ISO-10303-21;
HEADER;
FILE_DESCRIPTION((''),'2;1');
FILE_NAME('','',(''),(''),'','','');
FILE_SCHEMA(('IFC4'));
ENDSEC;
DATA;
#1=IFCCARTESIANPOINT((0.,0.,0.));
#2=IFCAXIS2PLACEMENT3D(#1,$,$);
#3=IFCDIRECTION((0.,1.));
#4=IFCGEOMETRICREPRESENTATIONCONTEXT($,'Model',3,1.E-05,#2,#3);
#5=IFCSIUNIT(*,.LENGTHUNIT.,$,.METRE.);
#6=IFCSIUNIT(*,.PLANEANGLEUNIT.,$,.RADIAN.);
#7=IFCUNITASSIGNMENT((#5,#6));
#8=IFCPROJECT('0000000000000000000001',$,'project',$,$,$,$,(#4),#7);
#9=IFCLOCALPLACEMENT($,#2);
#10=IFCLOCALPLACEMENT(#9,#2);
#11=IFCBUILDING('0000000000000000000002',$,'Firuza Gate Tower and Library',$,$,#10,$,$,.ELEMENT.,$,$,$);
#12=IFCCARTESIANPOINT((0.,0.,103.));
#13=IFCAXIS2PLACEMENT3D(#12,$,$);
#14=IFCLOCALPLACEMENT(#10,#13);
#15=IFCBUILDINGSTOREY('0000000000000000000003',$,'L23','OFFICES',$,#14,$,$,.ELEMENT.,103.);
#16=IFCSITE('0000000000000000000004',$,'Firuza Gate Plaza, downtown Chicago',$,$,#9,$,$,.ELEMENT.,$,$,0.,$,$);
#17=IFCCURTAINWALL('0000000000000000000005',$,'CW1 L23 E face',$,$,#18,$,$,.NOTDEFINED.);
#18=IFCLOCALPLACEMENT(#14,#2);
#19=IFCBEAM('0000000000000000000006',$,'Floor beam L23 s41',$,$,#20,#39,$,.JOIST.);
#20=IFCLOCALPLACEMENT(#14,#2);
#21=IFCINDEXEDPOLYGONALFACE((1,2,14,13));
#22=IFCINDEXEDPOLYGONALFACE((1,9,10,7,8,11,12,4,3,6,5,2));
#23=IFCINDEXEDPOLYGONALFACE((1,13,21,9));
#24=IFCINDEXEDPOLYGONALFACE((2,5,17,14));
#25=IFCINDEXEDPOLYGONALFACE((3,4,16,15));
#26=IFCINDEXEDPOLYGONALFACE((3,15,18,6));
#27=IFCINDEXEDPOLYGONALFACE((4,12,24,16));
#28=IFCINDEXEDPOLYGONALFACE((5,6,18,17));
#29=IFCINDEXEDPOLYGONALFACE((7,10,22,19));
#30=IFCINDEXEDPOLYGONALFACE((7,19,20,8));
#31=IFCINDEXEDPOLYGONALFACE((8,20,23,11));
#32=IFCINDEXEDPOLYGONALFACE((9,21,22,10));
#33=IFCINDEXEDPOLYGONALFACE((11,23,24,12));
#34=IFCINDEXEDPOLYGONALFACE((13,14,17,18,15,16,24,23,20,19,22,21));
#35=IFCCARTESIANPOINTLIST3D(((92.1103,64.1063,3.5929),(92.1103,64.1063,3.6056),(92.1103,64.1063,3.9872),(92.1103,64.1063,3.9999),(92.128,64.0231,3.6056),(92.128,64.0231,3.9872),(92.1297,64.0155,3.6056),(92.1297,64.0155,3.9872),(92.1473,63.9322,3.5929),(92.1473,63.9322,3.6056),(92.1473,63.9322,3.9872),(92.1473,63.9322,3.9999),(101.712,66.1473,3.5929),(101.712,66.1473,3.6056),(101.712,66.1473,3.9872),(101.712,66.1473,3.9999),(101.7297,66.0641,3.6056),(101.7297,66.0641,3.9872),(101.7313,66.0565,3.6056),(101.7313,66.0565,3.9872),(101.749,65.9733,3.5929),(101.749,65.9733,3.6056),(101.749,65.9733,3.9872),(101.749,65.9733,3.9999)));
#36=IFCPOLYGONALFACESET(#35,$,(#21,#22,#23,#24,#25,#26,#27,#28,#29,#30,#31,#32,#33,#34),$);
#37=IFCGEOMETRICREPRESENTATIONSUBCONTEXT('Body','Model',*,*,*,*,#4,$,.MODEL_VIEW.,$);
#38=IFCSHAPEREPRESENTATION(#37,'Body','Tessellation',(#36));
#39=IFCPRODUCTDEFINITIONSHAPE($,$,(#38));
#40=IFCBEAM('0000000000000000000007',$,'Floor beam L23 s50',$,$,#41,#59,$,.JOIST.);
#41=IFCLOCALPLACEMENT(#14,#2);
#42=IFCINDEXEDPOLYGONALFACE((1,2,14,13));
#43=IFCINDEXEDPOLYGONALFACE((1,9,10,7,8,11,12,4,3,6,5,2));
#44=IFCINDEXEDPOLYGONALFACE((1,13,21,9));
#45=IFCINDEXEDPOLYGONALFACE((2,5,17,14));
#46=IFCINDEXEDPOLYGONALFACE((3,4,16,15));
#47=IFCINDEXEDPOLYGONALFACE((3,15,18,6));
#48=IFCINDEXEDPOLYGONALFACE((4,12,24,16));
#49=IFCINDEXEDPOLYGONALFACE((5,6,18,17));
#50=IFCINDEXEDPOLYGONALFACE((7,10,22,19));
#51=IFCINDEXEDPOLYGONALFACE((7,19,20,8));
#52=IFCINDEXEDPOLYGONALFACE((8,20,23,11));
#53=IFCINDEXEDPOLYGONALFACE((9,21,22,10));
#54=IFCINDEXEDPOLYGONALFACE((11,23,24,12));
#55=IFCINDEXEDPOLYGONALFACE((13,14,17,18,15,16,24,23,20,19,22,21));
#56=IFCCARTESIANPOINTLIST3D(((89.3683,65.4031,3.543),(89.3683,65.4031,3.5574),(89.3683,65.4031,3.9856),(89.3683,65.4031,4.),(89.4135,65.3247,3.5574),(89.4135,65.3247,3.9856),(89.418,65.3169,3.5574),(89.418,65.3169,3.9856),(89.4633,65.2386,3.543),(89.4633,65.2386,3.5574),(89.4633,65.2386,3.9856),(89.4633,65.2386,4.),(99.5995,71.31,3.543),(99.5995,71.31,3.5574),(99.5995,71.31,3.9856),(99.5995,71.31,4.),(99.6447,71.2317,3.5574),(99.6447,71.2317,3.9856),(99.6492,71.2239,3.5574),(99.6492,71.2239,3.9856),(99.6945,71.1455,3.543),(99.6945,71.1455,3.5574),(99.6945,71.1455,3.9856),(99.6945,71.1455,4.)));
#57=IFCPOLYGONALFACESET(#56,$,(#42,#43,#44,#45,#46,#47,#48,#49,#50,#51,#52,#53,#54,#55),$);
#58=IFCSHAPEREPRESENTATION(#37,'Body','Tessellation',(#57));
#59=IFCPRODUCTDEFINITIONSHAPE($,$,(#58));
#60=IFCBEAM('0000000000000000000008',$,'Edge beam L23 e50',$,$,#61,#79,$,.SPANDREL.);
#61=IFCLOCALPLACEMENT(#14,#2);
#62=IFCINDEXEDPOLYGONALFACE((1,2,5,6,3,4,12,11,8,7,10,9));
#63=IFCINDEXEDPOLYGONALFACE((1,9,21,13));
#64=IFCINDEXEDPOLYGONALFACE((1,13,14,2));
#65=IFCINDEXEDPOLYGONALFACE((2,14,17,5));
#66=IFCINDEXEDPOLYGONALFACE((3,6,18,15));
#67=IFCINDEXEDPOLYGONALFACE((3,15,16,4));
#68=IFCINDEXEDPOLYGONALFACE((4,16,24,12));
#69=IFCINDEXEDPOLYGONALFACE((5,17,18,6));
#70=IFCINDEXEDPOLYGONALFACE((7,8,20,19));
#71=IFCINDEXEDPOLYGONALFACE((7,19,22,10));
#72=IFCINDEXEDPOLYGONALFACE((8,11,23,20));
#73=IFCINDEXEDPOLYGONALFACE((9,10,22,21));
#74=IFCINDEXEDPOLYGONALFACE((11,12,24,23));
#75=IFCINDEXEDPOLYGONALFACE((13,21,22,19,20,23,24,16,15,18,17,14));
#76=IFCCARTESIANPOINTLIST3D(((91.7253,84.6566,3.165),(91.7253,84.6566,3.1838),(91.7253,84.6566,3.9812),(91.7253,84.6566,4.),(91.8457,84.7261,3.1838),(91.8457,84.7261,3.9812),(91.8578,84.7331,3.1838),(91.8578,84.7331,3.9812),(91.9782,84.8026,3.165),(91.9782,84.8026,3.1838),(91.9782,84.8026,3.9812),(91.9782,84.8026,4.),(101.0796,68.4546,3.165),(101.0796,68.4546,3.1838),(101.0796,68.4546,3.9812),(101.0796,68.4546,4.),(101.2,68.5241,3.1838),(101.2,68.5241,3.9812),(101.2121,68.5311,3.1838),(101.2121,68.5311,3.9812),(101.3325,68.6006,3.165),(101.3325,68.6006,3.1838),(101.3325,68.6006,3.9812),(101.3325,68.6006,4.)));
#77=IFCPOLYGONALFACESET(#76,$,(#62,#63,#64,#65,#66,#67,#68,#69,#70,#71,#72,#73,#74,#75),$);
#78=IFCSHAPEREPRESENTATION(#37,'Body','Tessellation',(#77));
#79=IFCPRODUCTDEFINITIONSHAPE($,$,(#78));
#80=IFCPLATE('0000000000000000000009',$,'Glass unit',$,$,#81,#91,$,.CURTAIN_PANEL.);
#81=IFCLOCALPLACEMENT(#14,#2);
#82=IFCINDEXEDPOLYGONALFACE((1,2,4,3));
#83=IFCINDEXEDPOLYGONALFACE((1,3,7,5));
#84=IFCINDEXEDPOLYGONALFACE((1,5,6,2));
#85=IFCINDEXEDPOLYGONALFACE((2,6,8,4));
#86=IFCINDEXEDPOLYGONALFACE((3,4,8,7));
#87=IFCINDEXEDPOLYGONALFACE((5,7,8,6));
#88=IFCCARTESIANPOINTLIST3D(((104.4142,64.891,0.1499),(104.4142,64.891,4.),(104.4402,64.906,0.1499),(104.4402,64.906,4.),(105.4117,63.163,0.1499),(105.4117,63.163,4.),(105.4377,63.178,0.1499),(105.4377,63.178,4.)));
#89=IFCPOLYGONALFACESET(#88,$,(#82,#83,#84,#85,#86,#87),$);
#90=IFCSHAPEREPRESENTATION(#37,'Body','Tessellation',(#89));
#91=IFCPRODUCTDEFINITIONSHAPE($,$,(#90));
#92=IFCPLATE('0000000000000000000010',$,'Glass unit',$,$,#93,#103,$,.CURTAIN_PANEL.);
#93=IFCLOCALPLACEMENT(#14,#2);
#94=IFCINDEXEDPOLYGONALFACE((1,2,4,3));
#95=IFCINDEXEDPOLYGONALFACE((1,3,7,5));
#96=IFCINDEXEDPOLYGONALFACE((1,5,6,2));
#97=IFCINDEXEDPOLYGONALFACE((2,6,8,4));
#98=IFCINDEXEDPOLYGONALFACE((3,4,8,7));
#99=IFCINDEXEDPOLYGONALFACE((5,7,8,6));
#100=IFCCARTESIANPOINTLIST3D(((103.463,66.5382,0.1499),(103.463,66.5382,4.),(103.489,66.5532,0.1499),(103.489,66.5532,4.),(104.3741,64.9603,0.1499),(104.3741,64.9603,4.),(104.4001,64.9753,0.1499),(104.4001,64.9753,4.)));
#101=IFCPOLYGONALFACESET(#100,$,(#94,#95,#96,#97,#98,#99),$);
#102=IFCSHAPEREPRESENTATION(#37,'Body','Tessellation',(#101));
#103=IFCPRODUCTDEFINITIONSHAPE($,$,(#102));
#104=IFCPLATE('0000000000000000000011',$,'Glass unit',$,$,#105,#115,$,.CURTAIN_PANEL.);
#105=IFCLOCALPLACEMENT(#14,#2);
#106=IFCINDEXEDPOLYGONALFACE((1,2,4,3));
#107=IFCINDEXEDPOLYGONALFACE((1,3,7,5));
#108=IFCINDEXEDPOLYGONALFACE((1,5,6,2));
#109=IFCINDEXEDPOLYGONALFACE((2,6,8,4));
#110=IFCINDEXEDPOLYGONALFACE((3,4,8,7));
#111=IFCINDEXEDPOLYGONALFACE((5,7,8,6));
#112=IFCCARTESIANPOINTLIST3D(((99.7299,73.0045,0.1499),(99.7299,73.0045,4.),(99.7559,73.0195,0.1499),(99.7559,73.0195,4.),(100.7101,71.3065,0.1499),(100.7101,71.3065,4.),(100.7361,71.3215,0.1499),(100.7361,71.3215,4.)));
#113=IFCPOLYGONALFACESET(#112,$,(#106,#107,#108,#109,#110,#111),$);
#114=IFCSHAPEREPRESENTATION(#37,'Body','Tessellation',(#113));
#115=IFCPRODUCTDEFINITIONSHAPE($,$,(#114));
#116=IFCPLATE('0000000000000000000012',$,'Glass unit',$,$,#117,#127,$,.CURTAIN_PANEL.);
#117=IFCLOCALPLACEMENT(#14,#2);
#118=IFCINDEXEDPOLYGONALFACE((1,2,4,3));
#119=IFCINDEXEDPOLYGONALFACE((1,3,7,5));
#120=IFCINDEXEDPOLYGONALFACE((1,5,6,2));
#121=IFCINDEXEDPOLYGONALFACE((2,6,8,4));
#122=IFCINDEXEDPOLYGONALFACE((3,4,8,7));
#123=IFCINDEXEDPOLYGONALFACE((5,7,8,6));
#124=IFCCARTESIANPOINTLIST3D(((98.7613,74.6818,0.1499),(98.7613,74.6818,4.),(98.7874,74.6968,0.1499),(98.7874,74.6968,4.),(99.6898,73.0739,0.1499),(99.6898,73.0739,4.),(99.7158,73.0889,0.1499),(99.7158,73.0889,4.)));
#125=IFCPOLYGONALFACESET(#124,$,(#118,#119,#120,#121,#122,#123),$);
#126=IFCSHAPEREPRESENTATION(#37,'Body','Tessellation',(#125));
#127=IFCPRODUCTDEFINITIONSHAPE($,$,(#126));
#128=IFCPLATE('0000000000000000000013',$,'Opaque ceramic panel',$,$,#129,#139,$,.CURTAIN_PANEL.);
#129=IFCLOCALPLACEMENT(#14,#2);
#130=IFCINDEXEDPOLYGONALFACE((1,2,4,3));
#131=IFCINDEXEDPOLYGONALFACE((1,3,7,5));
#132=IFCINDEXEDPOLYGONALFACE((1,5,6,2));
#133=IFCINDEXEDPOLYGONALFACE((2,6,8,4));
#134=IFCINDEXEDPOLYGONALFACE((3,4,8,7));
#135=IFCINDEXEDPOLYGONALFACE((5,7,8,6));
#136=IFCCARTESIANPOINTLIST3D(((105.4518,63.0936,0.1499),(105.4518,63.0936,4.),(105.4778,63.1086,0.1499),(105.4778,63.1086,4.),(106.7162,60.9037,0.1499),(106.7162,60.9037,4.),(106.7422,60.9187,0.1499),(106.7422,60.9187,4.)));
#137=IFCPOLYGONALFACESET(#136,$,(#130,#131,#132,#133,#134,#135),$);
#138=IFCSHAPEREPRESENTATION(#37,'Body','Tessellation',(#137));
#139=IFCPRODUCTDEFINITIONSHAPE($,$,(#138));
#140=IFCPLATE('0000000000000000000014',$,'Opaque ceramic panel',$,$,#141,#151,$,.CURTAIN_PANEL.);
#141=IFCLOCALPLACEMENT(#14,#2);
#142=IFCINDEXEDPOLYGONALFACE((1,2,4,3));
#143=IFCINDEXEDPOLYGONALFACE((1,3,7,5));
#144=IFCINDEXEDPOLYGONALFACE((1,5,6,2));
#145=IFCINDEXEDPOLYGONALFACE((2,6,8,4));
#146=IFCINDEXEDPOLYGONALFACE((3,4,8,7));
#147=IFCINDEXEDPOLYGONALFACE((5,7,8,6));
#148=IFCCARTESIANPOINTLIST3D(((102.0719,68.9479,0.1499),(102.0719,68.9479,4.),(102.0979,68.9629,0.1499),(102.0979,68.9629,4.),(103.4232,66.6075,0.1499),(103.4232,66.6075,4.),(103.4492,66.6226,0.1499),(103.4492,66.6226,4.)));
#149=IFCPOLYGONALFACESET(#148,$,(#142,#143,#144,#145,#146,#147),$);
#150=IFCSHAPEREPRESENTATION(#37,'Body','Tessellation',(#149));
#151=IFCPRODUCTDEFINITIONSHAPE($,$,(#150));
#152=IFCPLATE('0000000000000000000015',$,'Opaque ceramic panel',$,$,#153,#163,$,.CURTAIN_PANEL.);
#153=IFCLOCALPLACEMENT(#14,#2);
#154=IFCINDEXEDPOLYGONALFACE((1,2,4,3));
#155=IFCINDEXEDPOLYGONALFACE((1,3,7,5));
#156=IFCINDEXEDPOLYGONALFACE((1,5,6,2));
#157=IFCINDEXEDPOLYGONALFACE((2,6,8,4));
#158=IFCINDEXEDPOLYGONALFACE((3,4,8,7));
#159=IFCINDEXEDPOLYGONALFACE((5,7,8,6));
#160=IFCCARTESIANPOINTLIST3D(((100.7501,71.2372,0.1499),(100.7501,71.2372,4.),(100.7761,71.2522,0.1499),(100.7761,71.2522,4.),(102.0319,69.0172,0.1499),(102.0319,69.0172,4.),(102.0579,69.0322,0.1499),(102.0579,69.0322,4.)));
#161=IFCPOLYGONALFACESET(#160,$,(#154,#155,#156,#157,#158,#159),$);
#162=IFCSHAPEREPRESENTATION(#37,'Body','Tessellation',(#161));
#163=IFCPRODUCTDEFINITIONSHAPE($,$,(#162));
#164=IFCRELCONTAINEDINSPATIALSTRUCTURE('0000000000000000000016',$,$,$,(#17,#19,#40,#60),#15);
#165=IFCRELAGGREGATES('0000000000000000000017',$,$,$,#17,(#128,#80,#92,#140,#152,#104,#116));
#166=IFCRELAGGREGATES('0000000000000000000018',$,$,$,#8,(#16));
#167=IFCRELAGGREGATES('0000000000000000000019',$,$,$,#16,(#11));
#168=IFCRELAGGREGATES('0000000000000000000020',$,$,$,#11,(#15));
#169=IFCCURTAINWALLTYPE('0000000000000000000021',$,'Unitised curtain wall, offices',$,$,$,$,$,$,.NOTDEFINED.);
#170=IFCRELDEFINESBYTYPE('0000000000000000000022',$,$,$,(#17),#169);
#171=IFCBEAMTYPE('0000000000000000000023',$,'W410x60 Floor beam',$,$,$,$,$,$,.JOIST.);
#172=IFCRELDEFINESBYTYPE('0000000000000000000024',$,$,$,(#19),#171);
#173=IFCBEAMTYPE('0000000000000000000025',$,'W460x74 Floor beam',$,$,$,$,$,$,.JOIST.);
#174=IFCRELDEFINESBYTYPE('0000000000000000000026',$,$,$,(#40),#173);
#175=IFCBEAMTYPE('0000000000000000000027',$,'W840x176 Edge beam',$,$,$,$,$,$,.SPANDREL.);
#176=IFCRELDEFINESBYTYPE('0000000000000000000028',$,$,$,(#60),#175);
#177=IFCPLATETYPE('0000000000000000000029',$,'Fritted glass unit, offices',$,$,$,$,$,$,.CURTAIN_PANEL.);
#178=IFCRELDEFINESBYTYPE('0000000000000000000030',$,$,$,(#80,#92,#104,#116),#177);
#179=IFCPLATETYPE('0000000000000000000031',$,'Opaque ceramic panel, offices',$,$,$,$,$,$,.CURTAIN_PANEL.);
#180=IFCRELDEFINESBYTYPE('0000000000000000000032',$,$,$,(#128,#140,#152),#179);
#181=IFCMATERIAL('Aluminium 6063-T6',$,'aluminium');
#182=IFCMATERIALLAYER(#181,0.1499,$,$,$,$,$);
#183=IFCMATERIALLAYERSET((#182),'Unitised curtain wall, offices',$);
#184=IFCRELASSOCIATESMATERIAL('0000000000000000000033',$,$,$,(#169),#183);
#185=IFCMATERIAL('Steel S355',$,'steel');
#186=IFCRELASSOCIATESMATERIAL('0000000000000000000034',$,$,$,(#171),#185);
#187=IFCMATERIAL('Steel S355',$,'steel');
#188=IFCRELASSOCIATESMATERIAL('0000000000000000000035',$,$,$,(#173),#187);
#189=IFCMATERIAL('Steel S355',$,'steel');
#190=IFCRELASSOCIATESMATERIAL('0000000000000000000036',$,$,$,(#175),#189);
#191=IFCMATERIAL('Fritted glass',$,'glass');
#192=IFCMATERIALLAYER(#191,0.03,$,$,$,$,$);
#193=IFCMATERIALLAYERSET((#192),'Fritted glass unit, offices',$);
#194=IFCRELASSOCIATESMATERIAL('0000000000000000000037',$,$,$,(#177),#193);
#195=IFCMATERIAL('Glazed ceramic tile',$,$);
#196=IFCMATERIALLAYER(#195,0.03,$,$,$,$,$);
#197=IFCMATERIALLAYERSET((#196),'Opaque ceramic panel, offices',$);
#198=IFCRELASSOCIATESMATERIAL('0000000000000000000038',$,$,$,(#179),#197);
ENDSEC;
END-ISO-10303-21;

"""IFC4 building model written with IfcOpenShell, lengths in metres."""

from ifc_helpers import new_model, si_unit, direction, frame, origin, origin_2d, place, context, subcontext, project, spatial, polyline, i_section, outline, extrude, material, layer, layer_set, material_profile, profile_set, type_object, element, aggregate, save


model = new_model("IFC4")

# Units and contexts
model_context = context("Model", 3, precision=1e-05, world=origin(), true_north=direction((0.0, 1.0)))
body_context = subcontext(model_context, "Body", "Model", "MODEL_VIEW")
ifc_project = project(units=[si_unit("LENGTHUNIT", "METRE"), si_unit("PLANEANGLEUNIT", "RADIAN")], contexts=[model_context])

# Site, building, storey
site_placement = place(None, origin())
site = spatial("IfcSite", under=ifc_project, at=site_placement, Name="Firuza Gate Plaza, downtown Chicago", CompositionType="ELEMENT", RefElevation=0.0)
building_placement = place(site_placement, origin())
building = spatial("IfcBuilding", under=site, at=building_placement, Name="Firuza Gate Tower and Library", CompositionType="ELEMENT")
storey_placement = place(building_placement, frame((0.0, 0.0, 103.0)))
storey = spatial("IfcBuildingStorey", under=building, at=storey_placement, Name="L23", Description="OFFICES", CompositionType="ELEMENT", Elevation=103.0)

# Curtain wall
ifc_material_1 = material(Name="Aluminium 6063-T6", Category="aluminium")
ifc_layer_1 = layer(ifc_material_1, 0.1499)
ifc_layer_set_1 = layer_set([ifc_layer_1], Name="Unitised curtain wall, offices")
curtain_wall_type_1 = type_object("IfcCurtainWallType", Name="Unitised curtain wall, offices", PredefinedType="NOTDEFINED", material=ifc_layer_set_1)
placement = place(storey_placement, origin())
curtain_wall_1 = element("IfcCurtainWall", 1, at=placement, inside=storey, type_object=curtain_wall_type_1, Name="CW1 L23 E face", PredefinedType="NOTDEFINED")

# Beams
ifc_material_2 = material(Name="Steel S355", Category="steel")
ifc_material_profile_1 = material_profile(ifc_material_2, i_section(OverallWidth=0.178, OverallDepth=0.407, WebThickness=0.0078, FlangeThickness=0.0127, at=origin_2d()))
ifc_profile_set_1 = profile_set([ifc_material_profile_1], Name="Steel S355")
beam_type_1 = type_object("IfcBeamType", Name="W410x60 Floor beam", PredefinedType="JOIST", material=ifc_profile_set_1)
beam_1_placement = place(storey_placement, frame((101.7305, 66.0603, 3.7964), z_axis=(-0.978145, -0.207925, 0.0), x_axis=(0.207925, -0.978145, 0.0)))
element("IfcBeam", 2, at=beam_1_placement, inside=storey, type_object=beam_type_1, Name="Floor beam L23 s41", PredefinedType="JOIST", context=body_context, shape_type="SweptSolid", body=[
    extrude(i_section(OverallWidth=0.178, OverallDepth=0.407, WebThickness=0.0078, FlangeThickness=0.0127, at=origin_2d()), origin(), (0.0, 0.0, 1.0), 9.8162),
])
ifc_material_3 = material(Name="Steel S355", Category="steel")
ifc_material_profile_2 = material_profile(ifc_material_3, i_section(OverallWidth=0.1899, OverallDepth=0.457, WebThickness=0.009, FlangeThickness=0.0144, at=origin_2d()))
ifc_profile_set_2 = profile_set([ifc_material_profile_2], Name="Steel S355")
beam_type_2 = type_object("IfcBeamType", Name="W460x74 Floor beam", PredefinedType="JOIST", material=ifc_profile_set_2)
beam_2_placement = place(storey_placement, frame((99.647, 71.2278, 3.7715), z_axis=(-0.866026, -0.5, 0.0), x_axis=(0.5, -0.866026, 0.0)))
element("IfcBeam", 3, at=beam_2_placement, inside=storey, type_object=beam_type_2, Name="Floor beam L23 s50", PredefinedType="JOIST", context=body_context, shape_type="SweptSolid", body=[
    extrude(i_section(OverallWidth=0.1899, OverallDepth=0.457, WebThickness=0.009, FlangeThickness=0.0144, at=origin_2d()), origin(), (0.0, 0.0, 1.0), 11.814),
])
ifc_material_4 = material(Name="Steel S355", Category="steel")
ifc_material_profile_3 = material_profile(ifc_material_4, i_section(OverallWidth=0.292, OverallDepth=0.835, WebThickness=0.0139, FlangeThickness=0.0188, at=origin_2d()))
ifc_profile_set_3 = profile_set([ifc_material_profile_3], Name="Steel S355")
beam_type_3 = type_object("IfcBeamType", Name="W840x176 Edge beam", PredefinedType="SPANDREL", material=ifc_profile_set_3)
beam_3_placement = place(storey_placement, frame((101.2061, 68.5276, 3.5825), z_axis=(-0.500003, 0.866024, 0.0), x_axis=(-0.866024, -0.500003, 0.0)))
element("IfcBeam", 4, at=beam_3_placement, inside=storey, type_object=beam_type_3, Name="Edge beam L23 e50", PredefinedType="SPANDREL", context=body_context, shape_type="SweptSolid", body=[
    extrude(i_section(OverallWidth=0.292, OverallDepth=0.835, WebThickness=0.0139, FlangeThickness=0.0188, at=origin_2d()), origin(), (0.0, 0.0, 1.0), 18.7085),
])

# Plates
ifc_material_5 = material(Name="Fritted glass", Category="glass")
ifc_layer_2 = layer(ifc_material_5, 0.03)
ifc_layer_set_2 = layer_set([ifc_layer_2], Name="Fritted glass unit, offices")
plate_type_1 = type_object("IfcPlateType", Name="Fritted glass unit, offices", PredefinedType="CURTAIN_PANEL", material=ifc_layer_set_2)
plate_1_placement = place(storey_placement, frame((105.4377, 63.178, 0.1499), z_axis=(0.866051, 0.499955, 0.0), x_axis=(-0.499955, 0.866051, 0.0)))
plate_1 = element("IfcPlate", 5, at=plate_1_placement, type_object=plate_type_1, Name="Glass unit", PredefinedType="CURTAIN_PANEL", context=body_context, shape_type="SweptSolid", body=[
    extrude(outline(polyline([(0.0, 0.0), (1.9953, 0.0), (1.9953, 3.8501), (0.0, 3.8501), (0.0, 0.0)])), origin(), (0.0, 0.0, -1.0), 0.03),
])
plate_2_placement = place(storey_placement, frame((104.4001, 64.9753, 0.1499), z_axis=(0.865991, 0.500059, 0.0), x_axis=(-0.500059, 0.865991, 0.0)))
plate_2 = element("IfcPlate", 6, at=plate_2_placement, type_object=plate_type_1, Name="Glass unit", PredefinedType="CURTAIN_PANEL", context=body_context, shape_type="SweptSolid", body=[
    extrude(outline(polyline([(0.0, 0.0), (1.8221, 0.0), (1.8221, 3.8501), (0.0, 3.8501), (0.0, 0.0)])), origin(), (0.0, 0.0, -1.0), 0.03),
])
plate_3_placement = place(storey_placement, frame((100.7361, 71.3215, 0.1499), z_axis=(0.866051, 0.499956, 0.0), x_axis=(-0.499956, 0.866051, 0.0)))
plate_3 = element("IfcPlate", 7, at=plate_3_placement, type_object=plate_type_1, Name="Glass unit", PredefinedType="CURTAIN_PANEL", context=body_context, shape_type="SweptSolid", body=[
    extrude(outline(polyline([(0.0, 0.0), (1.9606, 0.0), (1.9606, 3.8501), (0.0, 3.8501), (0.0, 0.0)])), origin(), (0.0, 0.0, -1.0), 0.03),
])
plate_4_placement = place(storey_placement, frame((99.7158, 73.0889, 0.1499), z_axis=(0.865993, 0.500056, 0.0), x_axis=(-0.500056, 0.865993, 0.0)))
plate_4 = element("IfcPlate", 8, at=plate_4_placement, type_object=plate_type_1, Name="Glass unit", PredefinedType="CURTAIN_PANEL", context=body_context, shape_type="SweptSolid", body=[
    extrude(outline(polyline([(0.0, 0.0), (1.8567, 0.0), (1.8567, 3.8501), (0.0, 3.8501), (0.0, 0.0)])), origin(), (0.0, 0.0, -1.0), 0.03),
])
ifc_material_6 = material(Name="Glazed ceramic tile")
ifc_layer_3 = layer(ifc_material_6, 0.03)
ifc_layer_set_3 = layer_set([ifc_layer_3], Name="Opaque ceramic panel, offices")
plate_type_2 = type_object("IfcPlateType", Name="Opaque ceramic panel, offices", PredefinedType="CURTAIN_PANEL", material=ifc_layer_set_3)
plate_5_placement = place(storey_placement, frame((106.7422, 60.9187, 0.1499), z_axis=(0.866018, 0.500012, 0.0), x_axis=(-0.500012, 0.866018, 0.0)))
plate_5 = element("IfcPlate", 9, at=plate_5_placement, type_object=plate_type_2, Name="Opaque ceramic panel", PredefinedType="CURTAIN_PANEL", context=body_context, shape_type="SweptSolid", body=[
    extrude(outline(polyline([(0.0, 0.0), (2.5287, 0.0), (2.5287, 3.8501), (0.0, 3.8501), (0.0, 0.0)])), origin(), (0.0, 0.0, -1.0), 0.03),
])
plate_6_placement = place(storey_placement, frame((103.4492, 66.6226, 0.1499), z_axis=(0.866005, 0.500035, 0.0), x_axis=(-0.500035, 0.866005, 0.0)))
plate_6 = element("IfcPlate", 10, at=plate_6_placement, type_object=plate_type_2, Name="Opaque ceramic panel", PredefinedType="CURTAIN_PANEL", context=body_context, shape_type="SweptSolid", body=[
    extrude(outline(polyline([(0.0, 0.0), (2.7024, 0.0), (2.7024, 3.8501), (0.0, 3.8501), (0.0, 0.0)])), origin(), (0.0, 0.0, -1.0), 0.03),
])
plate_7_placement = place(storey_placement, frame((102.0579, 69.0322, 0.1499), z_axis=(0.866019, 0.500011, 0.0), x_axis=(-0.500011, 0.866019, 0.0)))
plate_7 = element("IfcPlate", 11, at=plate_7_placement, type_object=plate_type_2, Name="Opaque ceramic panel", PredefinedType="CURTAIN_PANEL", context=body_context, shape_type="SweptSolid", body=[
    extrude(outline(polyline([(0.0, 0.0), (2.5634, 0.0), (2.5634, 3.8501), (0.0, 3.8501), (0.0, 0.0)])), origin(), (0.0, 0.0, -1.0), 0.03),
])
aggregate(curtain_wall_1, [plate_5, plate_1, plate_2, plate_6, plate_7, plate_3, plate_4])

save(model, "model.ifc")
